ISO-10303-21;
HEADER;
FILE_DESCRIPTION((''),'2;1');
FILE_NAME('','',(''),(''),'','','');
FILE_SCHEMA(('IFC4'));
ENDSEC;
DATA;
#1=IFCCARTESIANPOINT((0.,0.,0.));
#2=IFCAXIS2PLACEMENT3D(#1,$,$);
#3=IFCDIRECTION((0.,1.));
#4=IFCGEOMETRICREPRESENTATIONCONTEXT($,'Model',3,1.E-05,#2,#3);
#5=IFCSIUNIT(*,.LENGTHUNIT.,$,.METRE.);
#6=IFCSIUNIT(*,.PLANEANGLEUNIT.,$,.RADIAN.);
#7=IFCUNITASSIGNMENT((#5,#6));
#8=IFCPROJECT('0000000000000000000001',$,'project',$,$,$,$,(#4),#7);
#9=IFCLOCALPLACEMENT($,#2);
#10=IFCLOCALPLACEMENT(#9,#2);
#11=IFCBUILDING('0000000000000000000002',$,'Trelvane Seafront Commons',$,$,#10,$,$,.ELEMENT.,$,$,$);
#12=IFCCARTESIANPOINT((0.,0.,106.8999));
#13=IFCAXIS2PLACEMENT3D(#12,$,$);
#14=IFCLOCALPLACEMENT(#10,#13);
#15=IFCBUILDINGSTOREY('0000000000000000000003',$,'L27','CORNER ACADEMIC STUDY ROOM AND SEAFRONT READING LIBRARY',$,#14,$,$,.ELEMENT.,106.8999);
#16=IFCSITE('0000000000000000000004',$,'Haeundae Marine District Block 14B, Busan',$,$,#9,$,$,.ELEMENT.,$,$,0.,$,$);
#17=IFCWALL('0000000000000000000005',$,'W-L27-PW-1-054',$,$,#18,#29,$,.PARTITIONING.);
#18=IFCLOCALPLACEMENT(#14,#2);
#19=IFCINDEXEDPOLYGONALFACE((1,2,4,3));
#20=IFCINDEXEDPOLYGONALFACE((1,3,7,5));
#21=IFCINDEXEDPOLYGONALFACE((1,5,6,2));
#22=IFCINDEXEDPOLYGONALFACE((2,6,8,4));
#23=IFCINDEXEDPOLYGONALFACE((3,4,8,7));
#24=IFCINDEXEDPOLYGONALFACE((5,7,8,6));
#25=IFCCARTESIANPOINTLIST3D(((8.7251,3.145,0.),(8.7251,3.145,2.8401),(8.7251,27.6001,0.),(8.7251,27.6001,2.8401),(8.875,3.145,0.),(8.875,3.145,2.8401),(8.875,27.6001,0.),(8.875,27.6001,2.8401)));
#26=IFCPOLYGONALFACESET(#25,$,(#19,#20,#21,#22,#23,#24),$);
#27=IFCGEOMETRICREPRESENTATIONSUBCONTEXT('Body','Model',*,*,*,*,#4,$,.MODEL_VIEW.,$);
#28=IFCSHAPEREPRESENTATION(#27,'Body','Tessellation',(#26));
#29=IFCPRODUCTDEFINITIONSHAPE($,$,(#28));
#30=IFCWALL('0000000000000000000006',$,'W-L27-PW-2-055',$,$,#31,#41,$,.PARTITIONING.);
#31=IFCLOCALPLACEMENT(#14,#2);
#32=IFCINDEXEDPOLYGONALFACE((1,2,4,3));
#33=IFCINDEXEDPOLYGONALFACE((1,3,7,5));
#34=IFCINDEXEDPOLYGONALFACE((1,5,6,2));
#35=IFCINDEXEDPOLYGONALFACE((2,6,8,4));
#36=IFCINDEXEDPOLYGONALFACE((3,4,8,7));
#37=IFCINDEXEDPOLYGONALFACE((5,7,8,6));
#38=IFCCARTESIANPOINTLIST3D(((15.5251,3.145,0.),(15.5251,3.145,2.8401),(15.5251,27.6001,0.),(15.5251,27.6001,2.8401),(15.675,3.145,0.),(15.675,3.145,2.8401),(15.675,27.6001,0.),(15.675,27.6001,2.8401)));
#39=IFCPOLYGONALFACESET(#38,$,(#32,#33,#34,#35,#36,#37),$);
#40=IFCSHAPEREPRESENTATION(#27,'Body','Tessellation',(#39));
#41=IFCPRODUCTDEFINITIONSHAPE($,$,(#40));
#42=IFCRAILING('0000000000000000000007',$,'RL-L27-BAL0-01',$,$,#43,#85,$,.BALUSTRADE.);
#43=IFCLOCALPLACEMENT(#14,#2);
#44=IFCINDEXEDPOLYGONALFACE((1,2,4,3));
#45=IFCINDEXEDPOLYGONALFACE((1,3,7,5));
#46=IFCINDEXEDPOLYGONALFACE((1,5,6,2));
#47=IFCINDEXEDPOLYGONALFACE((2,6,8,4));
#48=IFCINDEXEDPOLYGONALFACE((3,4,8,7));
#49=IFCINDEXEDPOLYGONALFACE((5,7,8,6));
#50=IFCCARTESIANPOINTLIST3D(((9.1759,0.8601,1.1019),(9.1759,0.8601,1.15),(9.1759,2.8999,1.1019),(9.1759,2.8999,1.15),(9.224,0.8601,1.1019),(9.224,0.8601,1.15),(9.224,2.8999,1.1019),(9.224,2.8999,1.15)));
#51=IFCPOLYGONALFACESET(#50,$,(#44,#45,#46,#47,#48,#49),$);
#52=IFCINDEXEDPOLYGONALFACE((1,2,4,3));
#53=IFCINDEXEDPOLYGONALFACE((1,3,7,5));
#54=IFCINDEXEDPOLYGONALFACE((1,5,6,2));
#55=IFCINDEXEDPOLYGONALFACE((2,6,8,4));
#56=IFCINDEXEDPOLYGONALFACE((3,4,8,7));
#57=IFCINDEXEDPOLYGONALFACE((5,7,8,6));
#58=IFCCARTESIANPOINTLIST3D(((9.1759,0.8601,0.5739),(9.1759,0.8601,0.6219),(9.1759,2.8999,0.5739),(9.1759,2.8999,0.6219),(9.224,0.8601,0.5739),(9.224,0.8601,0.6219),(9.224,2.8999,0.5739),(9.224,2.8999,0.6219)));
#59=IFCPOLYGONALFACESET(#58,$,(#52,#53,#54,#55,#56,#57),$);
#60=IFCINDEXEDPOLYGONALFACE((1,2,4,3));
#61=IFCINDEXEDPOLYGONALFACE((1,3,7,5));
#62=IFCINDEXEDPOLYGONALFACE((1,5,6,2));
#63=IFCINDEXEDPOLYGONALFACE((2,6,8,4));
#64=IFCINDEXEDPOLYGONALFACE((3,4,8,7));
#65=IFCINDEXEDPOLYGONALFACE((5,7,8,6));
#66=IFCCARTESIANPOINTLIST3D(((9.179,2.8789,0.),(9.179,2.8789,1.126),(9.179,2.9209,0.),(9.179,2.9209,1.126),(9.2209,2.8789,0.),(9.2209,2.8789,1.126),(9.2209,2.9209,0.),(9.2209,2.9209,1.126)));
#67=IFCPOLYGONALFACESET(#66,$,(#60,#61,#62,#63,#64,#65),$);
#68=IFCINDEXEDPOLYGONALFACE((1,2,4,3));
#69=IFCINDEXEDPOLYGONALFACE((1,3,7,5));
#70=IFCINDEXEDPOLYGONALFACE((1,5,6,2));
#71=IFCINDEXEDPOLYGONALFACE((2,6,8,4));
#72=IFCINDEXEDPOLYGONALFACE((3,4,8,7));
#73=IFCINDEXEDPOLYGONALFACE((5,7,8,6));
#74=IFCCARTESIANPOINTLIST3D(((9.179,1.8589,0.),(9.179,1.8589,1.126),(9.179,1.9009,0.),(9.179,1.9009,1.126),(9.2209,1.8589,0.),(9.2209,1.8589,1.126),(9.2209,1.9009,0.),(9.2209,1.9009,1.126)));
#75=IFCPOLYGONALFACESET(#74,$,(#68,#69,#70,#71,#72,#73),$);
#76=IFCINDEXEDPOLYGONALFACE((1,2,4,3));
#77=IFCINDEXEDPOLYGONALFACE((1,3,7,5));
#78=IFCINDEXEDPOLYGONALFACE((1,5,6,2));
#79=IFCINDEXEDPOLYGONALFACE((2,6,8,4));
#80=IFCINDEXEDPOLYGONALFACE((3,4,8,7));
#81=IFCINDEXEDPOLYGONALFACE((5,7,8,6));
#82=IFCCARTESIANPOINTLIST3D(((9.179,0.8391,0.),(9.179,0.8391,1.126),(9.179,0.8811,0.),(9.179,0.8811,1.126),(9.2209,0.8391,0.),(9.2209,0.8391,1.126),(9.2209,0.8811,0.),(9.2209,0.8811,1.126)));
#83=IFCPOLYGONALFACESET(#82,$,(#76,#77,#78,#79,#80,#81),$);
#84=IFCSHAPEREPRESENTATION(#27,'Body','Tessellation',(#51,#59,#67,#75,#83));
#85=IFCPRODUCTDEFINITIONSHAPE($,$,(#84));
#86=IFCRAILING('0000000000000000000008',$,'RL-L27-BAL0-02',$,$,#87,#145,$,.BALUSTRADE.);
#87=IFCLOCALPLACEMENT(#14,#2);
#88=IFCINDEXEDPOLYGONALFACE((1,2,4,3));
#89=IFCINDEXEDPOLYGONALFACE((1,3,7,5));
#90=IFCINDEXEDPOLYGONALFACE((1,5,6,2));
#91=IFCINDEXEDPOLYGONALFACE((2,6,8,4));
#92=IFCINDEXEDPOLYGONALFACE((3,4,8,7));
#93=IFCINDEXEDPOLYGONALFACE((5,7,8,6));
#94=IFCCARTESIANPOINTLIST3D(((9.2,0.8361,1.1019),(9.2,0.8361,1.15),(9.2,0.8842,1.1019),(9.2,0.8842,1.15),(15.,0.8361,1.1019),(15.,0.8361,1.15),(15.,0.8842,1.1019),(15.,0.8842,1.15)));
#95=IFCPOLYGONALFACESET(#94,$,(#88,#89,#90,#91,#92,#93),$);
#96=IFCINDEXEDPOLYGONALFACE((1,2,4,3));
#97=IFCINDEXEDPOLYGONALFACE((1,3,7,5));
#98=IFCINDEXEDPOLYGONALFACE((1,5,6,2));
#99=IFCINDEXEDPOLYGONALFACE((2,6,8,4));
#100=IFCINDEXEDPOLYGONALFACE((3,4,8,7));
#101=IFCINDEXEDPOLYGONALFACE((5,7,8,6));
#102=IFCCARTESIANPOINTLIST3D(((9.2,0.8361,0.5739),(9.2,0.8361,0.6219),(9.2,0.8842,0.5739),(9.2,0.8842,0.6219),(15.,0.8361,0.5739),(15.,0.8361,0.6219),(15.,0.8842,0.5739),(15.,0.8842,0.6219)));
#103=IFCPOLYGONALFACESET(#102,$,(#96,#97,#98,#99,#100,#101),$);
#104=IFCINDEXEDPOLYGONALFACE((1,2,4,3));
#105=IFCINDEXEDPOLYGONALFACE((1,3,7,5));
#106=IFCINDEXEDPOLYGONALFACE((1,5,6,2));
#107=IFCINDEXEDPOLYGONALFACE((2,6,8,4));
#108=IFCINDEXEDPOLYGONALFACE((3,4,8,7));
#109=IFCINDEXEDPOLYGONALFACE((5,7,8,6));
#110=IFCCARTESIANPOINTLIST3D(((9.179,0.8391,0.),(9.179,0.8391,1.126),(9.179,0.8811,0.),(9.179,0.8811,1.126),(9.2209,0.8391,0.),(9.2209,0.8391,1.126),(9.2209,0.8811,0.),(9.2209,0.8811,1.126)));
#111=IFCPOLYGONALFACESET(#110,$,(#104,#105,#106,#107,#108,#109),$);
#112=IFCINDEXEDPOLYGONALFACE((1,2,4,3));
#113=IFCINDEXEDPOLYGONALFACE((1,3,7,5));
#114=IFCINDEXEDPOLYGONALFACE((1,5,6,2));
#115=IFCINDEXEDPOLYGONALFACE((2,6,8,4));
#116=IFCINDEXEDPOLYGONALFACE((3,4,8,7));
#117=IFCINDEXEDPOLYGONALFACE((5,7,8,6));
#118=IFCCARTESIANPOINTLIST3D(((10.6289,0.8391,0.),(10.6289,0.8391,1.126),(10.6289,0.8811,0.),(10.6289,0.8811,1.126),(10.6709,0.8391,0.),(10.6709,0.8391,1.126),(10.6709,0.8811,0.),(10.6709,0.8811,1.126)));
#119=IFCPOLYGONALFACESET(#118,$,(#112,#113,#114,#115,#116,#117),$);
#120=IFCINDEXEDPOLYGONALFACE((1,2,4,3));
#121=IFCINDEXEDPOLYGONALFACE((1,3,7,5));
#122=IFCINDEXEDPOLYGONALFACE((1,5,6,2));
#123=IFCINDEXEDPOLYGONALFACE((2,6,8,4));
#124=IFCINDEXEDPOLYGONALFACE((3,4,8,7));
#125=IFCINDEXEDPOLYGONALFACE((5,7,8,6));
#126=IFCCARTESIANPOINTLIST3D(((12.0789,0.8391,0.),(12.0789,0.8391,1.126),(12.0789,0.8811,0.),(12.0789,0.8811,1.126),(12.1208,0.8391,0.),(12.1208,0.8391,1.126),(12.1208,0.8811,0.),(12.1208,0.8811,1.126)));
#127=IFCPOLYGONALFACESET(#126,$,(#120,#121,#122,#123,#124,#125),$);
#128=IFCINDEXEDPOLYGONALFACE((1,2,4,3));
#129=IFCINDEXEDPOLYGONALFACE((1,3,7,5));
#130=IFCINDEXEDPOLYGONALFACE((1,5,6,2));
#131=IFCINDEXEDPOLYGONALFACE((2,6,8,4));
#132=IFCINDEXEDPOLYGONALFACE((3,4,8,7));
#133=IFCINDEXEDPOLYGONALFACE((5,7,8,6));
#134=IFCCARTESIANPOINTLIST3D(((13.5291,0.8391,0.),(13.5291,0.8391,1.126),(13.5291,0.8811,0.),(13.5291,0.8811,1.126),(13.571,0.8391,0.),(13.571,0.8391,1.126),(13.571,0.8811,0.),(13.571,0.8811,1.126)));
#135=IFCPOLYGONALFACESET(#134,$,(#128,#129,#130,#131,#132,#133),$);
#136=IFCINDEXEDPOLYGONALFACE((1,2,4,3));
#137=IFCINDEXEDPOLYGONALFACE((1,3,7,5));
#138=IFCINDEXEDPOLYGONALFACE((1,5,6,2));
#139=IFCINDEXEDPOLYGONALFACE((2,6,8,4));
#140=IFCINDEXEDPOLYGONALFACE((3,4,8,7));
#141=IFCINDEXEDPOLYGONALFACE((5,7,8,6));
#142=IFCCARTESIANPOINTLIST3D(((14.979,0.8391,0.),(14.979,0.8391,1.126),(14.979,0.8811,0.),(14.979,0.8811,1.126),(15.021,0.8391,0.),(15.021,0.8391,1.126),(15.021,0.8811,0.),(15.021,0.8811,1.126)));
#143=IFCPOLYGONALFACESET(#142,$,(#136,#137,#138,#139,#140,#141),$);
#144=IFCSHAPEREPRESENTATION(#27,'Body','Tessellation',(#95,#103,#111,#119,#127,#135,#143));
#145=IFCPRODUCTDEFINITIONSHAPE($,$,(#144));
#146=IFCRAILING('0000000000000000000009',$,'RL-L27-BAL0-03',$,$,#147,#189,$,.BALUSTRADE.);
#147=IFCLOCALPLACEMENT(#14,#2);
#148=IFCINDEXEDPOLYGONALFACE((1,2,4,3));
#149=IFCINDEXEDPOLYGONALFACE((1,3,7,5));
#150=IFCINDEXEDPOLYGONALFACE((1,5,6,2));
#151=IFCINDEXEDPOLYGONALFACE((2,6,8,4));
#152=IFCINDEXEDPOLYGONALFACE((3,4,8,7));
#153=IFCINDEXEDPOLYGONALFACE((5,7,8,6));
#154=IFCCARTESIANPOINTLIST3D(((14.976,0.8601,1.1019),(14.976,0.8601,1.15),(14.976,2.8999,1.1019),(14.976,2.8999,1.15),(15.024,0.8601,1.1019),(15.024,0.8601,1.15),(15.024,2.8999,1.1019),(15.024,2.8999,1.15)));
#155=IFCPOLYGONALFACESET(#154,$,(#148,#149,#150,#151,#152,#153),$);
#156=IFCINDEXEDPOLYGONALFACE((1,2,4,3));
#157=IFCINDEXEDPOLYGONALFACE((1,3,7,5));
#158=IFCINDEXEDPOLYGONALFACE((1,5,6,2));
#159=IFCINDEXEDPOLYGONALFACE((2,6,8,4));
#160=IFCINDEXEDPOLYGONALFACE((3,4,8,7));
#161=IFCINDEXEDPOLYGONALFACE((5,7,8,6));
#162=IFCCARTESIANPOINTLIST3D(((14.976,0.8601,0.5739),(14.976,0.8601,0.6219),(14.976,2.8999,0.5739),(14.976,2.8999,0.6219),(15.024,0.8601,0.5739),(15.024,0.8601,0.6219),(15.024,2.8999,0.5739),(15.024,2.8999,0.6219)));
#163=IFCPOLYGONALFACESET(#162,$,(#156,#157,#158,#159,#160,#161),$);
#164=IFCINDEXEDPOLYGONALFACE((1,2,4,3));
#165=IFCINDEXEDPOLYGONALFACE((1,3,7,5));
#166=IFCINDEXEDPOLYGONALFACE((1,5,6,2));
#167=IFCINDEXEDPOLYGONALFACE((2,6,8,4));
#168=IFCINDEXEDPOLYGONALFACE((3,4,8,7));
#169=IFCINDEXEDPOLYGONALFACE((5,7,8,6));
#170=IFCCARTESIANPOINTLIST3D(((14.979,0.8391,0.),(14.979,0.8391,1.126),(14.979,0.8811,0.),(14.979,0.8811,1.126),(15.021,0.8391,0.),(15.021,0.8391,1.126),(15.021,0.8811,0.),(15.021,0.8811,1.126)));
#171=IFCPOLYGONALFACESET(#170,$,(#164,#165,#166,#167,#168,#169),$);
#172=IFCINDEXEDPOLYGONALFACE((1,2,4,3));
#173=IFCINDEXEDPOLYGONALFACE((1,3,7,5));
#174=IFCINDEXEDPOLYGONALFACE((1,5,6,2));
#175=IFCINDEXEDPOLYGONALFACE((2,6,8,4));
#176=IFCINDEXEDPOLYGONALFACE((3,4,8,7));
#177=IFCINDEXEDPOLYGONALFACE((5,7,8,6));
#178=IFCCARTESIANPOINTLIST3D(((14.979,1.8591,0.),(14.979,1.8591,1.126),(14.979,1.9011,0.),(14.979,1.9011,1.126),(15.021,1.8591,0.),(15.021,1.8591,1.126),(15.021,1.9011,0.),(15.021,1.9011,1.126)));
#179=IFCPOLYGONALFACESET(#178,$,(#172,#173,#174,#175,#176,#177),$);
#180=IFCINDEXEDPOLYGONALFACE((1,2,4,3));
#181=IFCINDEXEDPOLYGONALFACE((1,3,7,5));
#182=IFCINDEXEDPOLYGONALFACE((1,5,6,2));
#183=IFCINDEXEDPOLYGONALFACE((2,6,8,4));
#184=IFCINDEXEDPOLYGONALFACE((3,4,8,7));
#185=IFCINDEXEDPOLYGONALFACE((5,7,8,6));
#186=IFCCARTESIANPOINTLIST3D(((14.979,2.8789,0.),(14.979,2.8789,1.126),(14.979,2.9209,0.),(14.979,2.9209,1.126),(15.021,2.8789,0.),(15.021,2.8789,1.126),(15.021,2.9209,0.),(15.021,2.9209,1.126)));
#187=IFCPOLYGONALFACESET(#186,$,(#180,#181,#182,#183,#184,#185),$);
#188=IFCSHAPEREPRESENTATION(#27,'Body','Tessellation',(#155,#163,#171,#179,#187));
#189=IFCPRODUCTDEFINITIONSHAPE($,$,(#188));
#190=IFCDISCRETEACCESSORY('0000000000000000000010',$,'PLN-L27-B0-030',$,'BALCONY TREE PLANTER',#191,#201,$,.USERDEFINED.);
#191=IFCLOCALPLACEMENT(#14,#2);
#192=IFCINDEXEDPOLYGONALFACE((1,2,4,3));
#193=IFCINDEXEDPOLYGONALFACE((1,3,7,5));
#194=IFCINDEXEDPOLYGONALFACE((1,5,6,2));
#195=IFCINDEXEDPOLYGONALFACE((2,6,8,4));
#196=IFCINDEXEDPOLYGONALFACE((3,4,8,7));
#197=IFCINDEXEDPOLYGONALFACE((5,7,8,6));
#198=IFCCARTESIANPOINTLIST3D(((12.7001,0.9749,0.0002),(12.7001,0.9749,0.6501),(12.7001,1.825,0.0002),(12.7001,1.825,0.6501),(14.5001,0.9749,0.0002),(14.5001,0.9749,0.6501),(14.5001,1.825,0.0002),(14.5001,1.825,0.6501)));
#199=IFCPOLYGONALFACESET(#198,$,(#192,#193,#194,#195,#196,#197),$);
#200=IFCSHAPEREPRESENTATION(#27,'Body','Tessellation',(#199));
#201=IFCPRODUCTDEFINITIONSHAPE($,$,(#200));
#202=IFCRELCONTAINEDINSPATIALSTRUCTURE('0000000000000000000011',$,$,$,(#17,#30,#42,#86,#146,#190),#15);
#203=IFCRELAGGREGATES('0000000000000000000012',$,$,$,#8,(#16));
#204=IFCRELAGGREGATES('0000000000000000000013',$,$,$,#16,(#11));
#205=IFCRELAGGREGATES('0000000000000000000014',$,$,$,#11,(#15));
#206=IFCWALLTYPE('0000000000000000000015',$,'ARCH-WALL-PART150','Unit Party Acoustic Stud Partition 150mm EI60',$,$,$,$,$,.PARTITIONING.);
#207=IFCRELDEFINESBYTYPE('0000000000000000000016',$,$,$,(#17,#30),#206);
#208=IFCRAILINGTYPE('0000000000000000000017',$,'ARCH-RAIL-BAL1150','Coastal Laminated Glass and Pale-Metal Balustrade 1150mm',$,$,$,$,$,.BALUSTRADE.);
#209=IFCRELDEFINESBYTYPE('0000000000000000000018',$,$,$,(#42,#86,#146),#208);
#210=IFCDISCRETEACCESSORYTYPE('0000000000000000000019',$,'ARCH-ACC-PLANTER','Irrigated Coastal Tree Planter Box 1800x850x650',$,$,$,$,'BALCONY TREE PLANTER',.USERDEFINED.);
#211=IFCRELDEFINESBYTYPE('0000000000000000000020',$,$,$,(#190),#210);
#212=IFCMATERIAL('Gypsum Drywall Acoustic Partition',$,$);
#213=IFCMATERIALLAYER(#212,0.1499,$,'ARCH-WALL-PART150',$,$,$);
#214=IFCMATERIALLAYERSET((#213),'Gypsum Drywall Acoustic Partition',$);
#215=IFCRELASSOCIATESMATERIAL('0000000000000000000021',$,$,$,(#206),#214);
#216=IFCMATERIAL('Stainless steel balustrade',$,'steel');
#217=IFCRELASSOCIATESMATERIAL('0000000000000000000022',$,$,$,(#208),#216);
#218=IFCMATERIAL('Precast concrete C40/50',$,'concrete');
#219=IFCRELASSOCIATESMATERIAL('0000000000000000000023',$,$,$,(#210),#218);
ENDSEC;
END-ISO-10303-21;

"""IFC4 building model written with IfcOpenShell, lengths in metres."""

from ifc_helpers import new_model, si_unit, direction, frame, frame_2d, origin, origin_2d, place, context, subcontext, project, spatial, rectangle, extrude, source, transform, mapped, material, layer, layer_set, type_object, element, save


model = new_model("IFC4")

# Units and contexts
model_context = context("Model", 3, precision=1e-05, world=origin(), true_north=direction((0.0, 1.0)))
body_context = subcontext(model_context, "Body", "Model", "MODEL_VIEW")
ifc_project = project(units=[si_unit("LENGTHUNIT", "METRE"), si_unit("PLANEANGLEUNIT", "RADIAN")], contexts=[model_context])

# Site, building, storey
site_placement = place(None, origin())
site = spatial("IfcSite", under=ifc_project, at=site_placement, Name="Haeundae Marine District Block 14B, Busan", CompositionType="ELEMENT", RefElevation=0.0)
building_placement = place(site_placement, origin())
building = spatial("IfcBuilding", under=site, at=building_placement, Name="Trelvane Seafront Commons", CompositionType="ELEMENT")
storey_placement = place(building_placement, frame((0.0, 0.0, 106.8999)))
storey = spatial("IfcBuildingStorey", under=building, at=storey_placement, Name="L27", Description="CORNER ACADEMIC STUDY ROOM AND SEAFRONT READING LIBRARY", CompositionType="ELEMENT", Elevation=106.8999)

# Walls
ifc_material_1 = material(Name="Precast concrete C40/50", Category="concrete")
ifc_material_2 = material(Name="Gypsum Drywall Acoustic Partition")
ifc_layer_1 = layer(ifc_material_2, 0.1499, Name="ARCH-WALL-PART150")
ifc_layer_set_1 = layer_set([ifc_layer_1], Name="Gypsum Drywall Acoustic Partition")
wall_type_1 = type_object("IfcWallType", Name="ARCH-WALL-PART150", Description="Unit Party Acoustic Stud Partition 150mm EI60", PredefinedType="PARTITIONING", material=ifc_layer_set_1)
for number, where, z_axis, x_axis, name in (
    (1, (8.8, 3.145, 0.0), (0.0, 0.0, 1.0), (0.0, 1.0, 0.0), "W-L27-PW-1-054"),
    (2, (15.6001, 3.145, 0.0), (0.0, 0.0, 1.0), (0.0, 1.0, 0.0), "W-L27-PW-2-055"),
):
    element("IfcWall", number, at=place(storey_placement, frame(where, z_axis=z_axis, x_axis=x_axis)), inside=storey, type_object=wall_type_1, Name=name, PredefinedType="PARTITIONING", context=body_context, shape_type="SweptSolid", body=[
        extrude(rectangle(XDim=24.4551, YDim=0.1499, at=frame_2d((12.2275, 0.0))), origin(), (0.0, 0.0, 1.0), 2.8401),
    ])

# Railings
ifc_material_3 = material(Name="Stainless steel balustrade", Category="steel")
railing_type = type_object("IfcRailingType", Name="ARCH-RAIL-BAL1150", Description="Coastal Laminated Glass and Pale-Metal Balustrade 1150mm", PredefinedType="BALUSTRADE", material=ifc_material_3)
railing_1_placement = place(storey_placement, frame((9.2, 2.8999, 0.0)))
element("IfcRailing", 3, at=railing_1_placement, inside=storey, type_object=railing_type, Name="RL-L27-BAL0-01", PredefinedType="BALUSTRADE", context=body_context, shape_type="SweptSolid", body=[
    extrude(rectangle(XDim=0.0481, YDim=0.0481, at=origin_2d()), frame((0.0, 0.0, 1.126), z_axis=(0.0, -1.0, 0.0), x_axis=(1.0, 0.0, 0.0)), (0.0, 0.0, 1.0), 2.0398),
    extrude(rectangle(XDim=0.0481, YDim=0.0481, at=origin_2d()), frame((0.0, 0.0, 0.5979), z_axis=(0.0, -1.0, 0.0), x_axis=(1.0, 0.0, 0.0)), (0.0, 0.0, 1.0), 2.0398),
    extrude(rectangle(XDim=0.042, YDim=0.042, at=origin_2d()), origin(), (0.0, 0.0, 1.0), 1.126),
    extrude(rectangle(XDim=0.042, YDim=0.042, at=origin_2d()), frame((0.0, -1.02, 0.0)), (0.0, 0.0, 1.0), 1.126),
    extrude(rectangle(XDim=0.042, YDim=0.042, at=origin_2d()), frame((0.0, -2.0398, 0.0)), (0.0, 0.0, 1.0), 1.126),
])
railing_2_placement = place(storey_placement, frame((9.2, 0.8601, 0.0)))
element("IfcRailing", 4, at=railing_2_placement, inside=storey, type_object=railing_type, Name="RL-L27-BAL0-02", PredefinedType="BALUSTRADE", context=body_context, shape_type="SweptSolid", body=[
    extrude(rectangle(XDim=0.0481, YDim=0.0481, at=origin_2d()), frame((0.0, 0.0, 1.126), z_axis=(1.0, 0.0, 0.0), x_axis=(0.0, 1.0, 0.0)), (0.0, 0.0, 1.0), 5.8),
    extrude(rectangle(XDim=0.0481, YDim=0.0481, at=origin_2d()), frame((0.0, 0.0, 0.5979), z_axis=(1.0, 0.0, 0.0), x_axis=(0.0, 1.0, 0.0)), (0.0, 0.0, 1.0), 5.8),
    extrude(rectangle(XDim=0.042, YDim=0.042, at=origin_2d()), origin(), (0.0, 0.0, 1.0), 1.126),
    extrude(rectangle(XDim=0.042, YDim=0.042, at=origin_2d()), frame((1.45, 0.0, 0.0)), (0.0, 0.0, 1.0), 1.126),
    extrude(rectangle(XDim=0.042, YDim=0.042, at=origin_2d()), frame((2.8999, 0.0, 0.0)), (0.0, 0.0, 1.0), 1.126),
    extrude(rectangle(XDim=0.042, YDim=0.042, at=origin_2d()), frame((4.3501, 0.0, 0.0)), (0.0, 0.0, 1.0), 1.126),
    extrude(rectangle(XDim=0.042, YDim=0.042, at=origin_2d()), frame((5.8, 0.0, 0.0)), (0.0, 0.0, 1.0), 1.126),
])
railing_3_placement = place(storey_placement, frame((15.0, 0.8601, 0.0)))
element("IfcRailing", 5, at=railing_3_placement, inside=storey, type_object=railing_type, Name="RL-L27-BAL0-03", PredefinedType="BALUSTRADE", context=body_context, shape_type="SweptSolid", body=[
    extrude(rectangle(XDim=0.0481, YDim=0.0481, at=origin_2d()), frame((0.0, 0.0, 1.126), z_axis=(0.0, 1.0, 0.0), x_axis=(-1.0, 0.0, 0.0)), (0.0, 0.0, 1.0), 2.0398),
    extrude(rectangle(XDim=0.0481, YDim=0.0481, at=origin_2d()), frame((0.0, 0.0, 0.5979), z_axis=(0.0, 1.0, 0.0), x_axis=(-1.0, 0.0, 0.0)), (0.0, 0.0, 1.0), 2.0398),
    extrude(rectangle(XDim=0.042, YDim=0.042, at=origin_2d()), origin(), (0.0, 0.0, 1.0), 1.126),
    extrude(rectangle(XDim=0.042, YDim=0.042, at=origin_2d()), frame((0.0, 1.02, 0.0)), (0.0, 0.0, 1.0), 1.126),
    extrude(rectangle(XDim=0.042, YDim=0.042, at=origin_2d()), frame((0.0, 2.0398, 0.0)), (0.0, 0.0, 1.0), 1.126),
])

# Discrete accessory
discrete_accessory_type = type_object("IfcDiscreteAccessoryType", Name="ARCH-ACC-PLANTER", Description="Irrigated Coastal Tree Planter Box 1800x850x650", ElementType="BALCONY TREE PLANTER", PredefinedType="USERDEFINED", material=ifc_material_1)
shared_shape_1 = source(origin(), body_context, "Body", "SweptSolid", [
    extrude(rectangle(XDim=1.8, YDim=0.8501, at=origin_2d()), origin(), (0.0, 0.0, 1.0), 0.6499),
])
discrete_accessory_placement = place(storey_placement, frame((13.6001, 1.3999, 0.0002), z_axis=(0.0, 0.0, 1.0), x_axis=(1.0, 0.0, 0.0)))
element("IfcDiscreteAccessory", 6, at=discrete_accessory_placement, inside=storey, type_object=discrete_accessory_type, Name="PLN-L27-B0-030", ObjectType="BALCONY TREE PLANTER", PredefinedType="USERDEFINED", context=body_context, shape_type="MappedRepresentation", body=[
    mapped(shared_shape_1, transform((0.0, 0.0, 0.0), x_axis=(1.0, 0.0, 0.0), y_axis=(0.0, 1.0, 0.0), z_axis=(0.0, 0.0, 1.0), scale=1.0)),
])

save(model, "model.ifc")
